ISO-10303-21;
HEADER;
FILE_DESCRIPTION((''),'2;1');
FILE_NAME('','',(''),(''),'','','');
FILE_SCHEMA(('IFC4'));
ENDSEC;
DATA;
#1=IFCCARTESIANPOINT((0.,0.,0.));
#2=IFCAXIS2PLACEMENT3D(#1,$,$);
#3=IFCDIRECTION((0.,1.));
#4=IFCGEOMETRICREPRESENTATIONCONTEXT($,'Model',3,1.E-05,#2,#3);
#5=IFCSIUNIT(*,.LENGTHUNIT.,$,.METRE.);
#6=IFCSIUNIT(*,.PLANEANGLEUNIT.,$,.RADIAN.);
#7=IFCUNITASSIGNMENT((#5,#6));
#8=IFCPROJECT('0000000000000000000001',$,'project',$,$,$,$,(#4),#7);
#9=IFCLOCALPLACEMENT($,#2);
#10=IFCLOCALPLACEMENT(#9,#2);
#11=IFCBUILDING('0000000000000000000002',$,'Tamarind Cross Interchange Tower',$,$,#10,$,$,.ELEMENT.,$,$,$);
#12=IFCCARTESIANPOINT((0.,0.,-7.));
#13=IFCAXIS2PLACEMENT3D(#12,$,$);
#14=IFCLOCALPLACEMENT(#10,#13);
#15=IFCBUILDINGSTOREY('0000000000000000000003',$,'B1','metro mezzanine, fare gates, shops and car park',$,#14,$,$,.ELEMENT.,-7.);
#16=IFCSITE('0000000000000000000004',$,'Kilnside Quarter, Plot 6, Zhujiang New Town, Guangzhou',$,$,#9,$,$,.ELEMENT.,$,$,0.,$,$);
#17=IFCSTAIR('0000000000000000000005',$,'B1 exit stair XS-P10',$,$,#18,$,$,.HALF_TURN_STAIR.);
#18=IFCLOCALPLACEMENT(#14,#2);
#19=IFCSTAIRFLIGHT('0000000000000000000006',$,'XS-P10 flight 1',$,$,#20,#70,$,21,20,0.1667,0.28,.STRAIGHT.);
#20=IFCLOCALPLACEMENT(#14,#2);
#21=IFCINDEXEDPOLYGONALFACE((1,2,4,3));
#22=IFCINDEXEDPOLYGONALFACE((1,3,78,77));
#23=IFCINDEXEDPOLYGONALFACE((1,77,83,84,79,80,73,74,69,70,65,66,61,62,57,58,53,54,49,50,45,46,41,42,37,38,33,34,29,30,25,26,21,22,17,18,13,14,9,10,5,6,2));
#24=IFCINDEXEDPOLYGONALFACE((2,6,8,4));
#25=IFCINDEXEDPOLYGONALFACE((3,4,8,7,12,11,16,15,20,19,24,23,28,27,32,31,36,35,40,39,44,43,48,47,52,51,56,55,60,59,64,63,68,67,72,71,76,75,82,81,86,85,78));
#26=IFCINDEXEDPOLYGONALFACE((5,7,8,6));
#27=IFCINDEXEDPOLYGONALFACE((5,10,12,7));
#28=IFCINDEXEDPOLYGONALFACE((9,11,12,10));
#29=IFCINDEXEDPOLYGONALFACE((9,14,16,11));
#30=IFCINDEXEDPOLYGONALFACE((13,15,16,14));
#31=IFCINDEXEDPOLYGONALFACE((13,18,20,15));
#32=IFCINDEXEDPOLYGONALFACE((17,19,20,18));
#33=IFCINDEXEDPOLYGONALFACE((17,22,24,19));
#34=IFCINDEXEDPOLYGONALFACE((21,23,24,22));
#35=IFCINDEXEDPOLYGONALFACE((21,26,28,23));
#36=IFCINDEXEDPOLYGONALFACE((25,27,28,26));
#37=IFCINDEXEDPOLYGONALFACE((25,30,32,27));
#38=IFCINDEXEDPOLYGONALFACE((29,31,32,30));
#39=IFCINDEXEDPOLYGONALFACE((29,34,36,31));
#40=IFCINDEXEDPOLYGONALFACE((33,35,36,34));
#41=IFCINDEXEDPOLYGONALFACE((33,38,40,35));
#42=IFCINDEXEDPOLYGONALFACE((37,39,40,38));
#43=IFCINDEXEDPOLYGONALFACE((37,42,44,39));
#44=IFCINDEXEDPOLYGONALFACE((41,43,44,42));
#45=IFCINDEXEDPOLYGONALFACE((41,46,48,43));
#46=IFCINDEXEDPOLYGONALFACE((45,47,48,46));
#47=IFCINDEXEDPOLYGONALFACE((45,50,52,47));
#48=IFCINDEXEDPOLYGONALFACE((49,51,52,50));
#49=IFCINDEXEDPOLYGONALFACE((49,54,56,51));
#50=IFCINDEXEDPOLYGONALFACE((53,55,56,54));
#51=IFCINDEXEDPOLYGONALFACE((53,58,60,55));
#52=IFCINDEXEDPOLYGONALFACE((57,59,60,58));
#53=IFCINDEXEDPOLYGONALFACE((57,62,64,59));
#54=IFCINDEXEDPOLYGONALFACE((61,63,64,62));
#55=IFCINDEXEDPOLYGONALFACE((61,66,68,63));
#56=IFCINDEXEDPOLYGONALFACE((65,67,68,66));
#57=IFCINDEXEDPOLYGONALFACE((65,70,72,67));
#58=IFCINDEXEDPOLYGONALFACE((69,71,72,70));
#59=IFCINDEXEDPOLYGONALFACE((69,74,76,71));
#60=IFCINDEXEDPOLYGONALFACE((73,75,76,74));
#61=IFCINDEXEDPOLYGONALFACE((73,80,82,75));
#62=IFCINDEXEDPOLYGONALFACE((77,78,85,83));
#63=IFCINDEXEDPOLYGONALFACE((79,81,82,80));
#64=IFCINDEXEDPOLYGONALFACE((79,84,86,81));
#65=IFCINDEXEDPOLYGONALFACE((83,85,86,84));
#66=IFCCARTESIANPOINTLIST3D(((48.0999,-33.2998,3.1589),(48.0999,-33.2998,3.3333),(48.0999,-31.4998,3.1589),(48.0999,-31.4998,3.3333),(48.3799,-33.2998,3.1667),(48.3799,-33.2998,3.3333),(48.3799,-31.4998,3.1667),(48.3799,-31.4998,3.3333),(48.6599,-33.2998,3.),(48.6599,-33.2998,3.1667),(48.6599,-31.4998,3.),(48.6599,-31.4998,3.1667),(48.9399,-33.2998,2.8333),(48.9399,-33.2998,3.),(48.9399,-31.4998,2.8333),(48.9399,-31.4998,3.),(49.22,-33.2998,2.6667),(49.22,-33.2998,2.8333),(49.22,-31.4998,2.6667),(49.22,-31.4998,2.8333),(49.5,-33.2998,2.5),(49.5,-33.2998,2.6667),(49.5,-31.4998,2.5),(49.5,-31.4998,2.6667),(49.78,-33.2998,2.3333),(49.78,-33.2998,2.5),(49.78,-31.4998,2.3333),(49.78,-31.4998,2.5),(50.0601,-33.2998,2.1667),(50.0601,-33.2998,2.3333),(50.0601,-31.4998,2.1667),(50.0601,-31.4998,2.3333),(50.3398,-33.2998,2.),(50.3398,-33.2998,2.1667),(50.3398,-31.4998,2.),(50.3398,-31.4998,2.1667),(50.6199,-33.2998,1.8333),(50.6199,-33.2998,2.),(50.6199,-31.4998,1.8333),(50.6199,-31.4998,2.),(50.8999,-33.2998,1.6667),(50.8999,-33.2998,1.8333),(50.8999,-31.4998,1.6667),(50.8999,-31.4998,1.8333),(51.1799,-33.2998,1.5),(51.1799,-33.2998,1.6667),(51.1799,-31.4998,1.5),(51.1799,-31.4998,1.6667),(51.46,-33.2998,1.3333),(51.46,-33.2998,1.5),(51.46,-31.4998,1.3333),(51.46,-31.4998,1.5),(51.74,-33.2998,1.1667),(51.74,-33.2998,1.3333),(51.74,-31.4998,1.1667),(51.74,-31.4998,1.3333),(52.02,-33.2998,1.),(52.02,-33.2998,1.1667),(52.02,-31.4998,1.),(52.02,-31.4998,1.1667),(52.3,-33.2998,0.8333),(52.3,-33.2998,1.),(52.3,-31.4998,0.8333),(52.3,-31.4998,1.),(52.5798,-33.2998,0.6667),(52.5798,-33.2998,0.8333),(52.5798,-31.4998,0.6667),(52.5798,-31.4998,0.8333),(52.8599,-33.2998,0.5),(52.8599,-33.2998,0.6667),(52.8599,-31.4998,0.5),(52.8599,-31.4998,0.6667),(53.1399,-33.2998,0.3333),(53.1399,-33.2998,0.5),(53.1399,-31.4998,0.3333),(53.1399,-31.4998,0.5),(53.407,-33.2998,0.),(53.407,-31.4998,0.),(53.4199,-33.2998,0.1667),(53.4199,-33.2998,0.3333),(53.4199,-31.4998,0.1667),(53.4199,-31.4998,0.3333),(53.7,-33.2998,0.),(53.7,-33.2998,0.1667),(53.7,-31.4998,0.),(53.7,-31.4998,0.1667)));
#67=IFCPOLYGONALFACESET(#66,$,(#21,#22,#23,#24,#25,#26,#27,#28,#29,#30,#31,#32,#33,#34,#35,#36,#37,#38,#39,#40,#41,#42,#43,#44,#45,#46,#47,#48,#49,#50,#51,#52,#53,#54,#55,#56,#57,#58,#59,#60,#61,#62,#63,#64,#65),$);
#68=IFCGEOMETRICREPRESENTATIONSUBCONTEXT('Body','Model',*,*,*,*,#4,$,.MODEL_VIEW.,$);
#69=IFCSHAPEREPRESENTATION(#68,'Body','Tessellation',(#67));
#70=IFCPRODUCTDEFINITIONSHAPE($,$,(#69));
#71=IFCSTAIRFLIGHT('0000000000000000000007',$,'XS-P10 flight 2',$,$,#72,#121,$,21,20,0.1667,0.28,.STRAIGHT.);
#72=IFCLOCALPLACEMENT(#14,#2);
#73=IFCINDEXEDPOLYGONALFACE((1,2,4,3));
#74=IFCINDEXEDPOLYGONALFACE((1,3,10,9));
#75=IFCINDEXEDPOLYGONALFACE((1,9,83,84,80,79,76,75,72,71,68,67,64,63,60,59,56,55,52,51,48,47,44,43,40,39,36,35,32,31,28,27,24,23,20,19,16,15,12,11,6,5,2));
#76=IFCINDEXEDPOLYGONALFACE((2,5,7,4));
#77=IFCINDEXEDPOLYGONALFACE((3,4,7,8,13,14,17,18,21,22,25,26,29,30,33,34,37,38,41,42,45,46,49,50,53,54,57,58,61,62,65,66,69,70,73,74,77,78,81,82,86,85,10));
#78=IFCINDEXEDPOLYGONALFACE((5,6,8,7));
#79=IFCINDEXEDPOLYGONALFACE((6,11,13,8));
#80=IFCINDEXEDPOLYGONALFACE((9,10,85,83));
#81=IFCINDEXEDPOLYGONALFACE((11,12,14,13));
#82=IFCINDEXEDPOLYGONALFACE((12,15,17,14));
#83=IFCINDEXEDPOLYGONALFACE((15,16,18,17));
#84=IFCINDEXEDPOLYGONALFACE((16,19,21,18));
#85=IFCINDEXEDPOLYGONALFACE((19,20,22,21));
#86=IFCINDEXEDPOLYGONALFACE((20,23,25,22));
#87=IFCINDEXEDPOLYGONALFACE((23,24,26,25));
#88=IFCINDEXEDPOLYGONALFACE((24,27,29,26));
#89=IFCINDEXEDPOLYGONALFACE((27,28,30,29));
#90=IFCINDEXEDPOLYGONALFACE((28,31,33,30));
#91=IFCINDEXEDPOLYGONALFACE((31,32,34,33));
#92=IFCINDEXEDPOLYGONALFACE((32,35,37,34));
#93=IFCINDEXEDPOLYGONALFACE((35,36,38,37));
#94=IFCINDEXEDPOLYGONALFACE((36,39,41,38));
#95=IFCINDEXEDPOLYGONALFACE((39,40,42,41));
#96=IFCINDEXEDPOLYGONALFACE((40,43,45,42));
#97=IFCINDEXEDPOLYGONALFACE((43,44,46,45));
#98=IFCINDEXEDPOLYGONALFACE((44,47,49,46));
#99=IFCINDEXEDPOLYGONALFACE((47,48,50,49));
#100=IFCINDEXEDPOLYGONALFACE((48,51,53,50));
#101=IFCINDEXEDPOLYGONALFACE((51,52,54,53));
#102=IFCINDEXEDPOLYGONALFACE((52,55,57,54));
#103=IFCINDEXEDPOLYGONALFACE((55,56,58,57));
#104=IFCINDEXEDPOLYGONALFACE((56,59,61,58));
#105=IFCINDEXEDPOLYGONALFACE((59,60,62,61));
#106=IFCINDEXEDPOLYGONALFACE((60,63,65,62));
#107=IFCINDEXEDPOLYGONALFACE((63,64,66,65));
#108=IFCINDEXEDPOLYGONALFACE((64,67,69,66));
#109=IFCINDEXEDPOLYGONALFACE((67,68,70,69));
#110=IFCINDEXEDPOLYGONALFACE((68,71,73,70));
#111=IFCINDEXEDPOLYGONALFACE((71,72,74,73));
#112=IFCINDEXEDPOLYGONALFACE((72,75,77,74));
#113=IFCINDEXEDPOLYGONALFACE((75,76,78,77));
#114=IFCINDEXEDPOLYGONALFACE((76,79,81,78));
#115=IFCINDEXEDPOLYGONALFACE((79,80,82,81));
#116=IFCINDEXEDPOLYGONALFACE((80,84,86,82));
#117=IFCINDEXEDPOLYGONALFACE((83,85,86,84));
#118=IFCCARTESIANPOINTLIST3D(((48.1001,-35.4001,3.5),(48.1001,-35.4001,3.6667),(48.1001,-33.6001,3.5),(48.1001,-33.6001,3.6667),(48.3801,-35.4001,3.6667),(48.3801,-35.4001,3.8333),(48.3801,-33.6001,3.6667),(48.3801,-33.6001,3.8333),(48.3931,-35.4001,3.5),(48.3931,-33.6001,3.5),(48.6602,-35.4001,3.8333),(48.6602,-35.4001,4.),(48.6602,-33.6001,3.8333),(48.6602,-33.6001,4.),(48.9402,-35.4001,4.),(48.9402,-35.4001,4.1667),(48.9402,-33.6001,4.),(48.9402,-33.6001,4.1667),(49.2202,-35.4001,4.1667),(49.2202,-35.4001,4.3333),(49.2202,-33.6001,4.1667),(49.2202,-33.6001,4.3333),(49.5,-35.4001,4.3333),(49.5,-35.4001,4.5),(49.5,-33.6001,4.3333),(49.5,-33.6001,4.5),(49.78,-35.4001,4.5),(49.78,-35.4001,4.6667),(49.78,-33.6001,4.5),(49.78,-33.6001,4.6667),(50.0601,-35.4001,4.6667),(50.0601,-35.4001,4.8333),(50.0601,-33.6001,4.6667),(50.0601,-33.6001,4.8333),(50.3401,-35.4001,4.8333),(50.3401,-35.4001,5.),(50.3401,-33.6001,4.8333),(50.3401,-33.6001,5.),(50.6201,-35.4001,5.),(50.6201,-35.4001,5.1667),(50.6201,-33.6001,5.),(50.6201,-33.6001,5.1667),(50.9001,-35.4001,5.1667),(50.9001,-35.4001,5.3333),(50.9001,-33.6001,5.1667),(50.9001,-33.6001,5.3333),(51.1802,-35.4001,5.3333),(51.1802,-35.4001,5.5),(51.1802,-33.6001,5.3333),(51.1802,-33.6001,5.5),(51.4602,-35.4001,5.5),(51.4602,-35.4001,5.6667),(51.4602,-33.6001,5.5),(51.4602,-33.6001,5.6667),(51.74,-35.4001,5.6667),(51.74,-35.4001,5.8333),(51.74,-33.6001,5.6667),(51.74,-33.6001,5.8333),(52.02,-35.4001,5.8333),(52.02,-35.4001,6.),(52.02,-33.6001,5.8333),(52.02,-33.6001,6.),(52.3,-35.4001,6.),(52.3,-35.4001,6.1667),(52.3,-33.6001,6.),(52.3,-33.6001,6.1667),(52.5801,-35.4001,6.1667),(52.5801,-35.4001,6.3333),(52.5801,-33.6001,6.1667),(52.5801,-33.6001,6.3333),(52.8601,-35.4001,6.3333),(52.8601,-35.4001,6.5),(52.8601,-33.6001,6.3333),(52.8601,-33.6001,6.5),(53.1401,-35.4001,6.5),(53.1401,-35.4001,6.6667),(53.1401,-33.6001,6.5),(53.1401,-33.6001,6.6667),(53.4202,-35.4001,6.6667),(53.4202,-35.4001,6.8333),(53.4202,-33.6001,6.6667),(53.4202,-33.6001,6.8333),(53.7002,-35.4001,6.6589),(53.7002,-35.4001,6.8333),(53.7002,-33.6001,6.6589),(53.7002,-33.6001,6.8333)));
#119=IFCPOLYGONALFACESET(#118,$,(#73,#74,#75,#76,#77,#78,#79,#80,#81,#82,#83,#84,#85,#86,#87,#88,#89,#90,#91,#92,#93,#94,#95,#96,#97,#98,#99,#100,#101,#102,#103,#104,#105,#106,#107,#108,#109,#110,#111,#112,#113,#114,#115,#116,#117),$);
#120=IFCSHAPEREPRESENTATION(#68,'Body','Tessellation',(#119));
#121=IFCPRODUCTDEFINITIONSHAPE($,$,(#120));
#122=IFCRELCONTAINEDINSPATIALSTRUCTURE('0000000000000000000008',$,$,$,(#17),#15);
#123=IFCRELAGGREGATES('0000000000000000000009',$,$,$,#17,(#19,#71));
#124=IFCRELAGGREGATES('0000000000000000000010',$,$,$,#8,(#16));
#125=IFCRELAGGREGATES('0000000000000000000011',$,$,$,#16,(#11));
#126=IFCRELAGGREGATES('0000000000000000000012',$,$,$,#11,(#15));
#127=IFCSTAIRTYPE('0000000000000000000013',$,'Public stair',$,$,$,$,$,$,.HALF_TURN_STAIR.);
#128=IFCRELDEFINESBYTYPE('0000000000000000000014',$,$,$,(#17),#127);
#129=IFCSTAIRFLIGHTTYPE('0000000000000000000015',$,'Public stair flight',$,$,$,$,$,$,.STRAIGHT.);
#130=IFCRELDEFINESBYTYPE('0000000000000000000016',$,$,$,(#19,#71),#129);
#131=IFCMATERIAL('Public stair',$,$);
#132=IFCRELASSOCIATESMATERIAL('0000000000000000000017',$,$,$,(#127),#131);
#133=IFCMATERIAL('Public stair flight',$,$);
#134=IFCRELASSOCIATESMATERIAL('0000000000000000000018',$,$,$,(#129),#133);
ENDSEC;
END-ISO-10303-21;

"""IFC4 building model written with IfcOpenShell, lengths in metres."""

from ifc_helpers import new_model, si_unit, direction, frame, origin, place, context, subcontext, project, spatial, polyline, outline, extrude, material, type_object, element, aggregate, save


model = new_model("IFC4")

# Units and contexts
model_context = context("Model", 3, precision=1e-05, world=origin(), true_north=direction((0.0, 1.0)))
body_context = subcontext(model_context, "Body", "Model", "MODEL_VIEW")
ifc_project = project(units=[si_unit("LENGTHUNIT", "METRE"), si_unit("PLANEANGLEUNIT", "RADIAN")], contexts=[model_context])

# Site, building, storey
site_placement = place(None, origin())
site = spatial("IfcSite", under=ifc_project, at=site_placement, Name="Kilnside Quarter, Plot 6, Zhujiang New Town, Guangzhou", CompositionType="ELEMENT", RefElevation=0.0)
building_placement = place(site_placement, origin())
building = spatial("IfcBuilding", under=site, at=building_placement, Name="Tamarind Cross Interchange Tower", CompositionType="ELEMENT")
storey_placement = place(building_placement, frame((0.0, 0.0, -7.0)))
storey = spatial("IfcBuildingStorey", under=building, at=storey_placement, Name="B1", Description="metro mezzanine, fare gates, shops and car park", CompositionType="ELEMENT", Elevation=-7.0)

# Stair, stair flights
ifc_material_1 = material(Name="Public stair")
stair_type = type_object("IfcStairType", Name="Public stair", PredefinedType="HALF_TURN_STAIR", material=ifc_material_1)
stair_placement = place(storey_placement, origin())
stair = element("IfcStair", 1, at=stair_placement, inside=storey, type_object=stair_type, Name="B1 exit stair XS-P10", PredefinedType="HALF_TURN_STAIR")
ifc_material_2 = material(Name="Public stair flight")
stair_flight_type = type_object("IfcStairFlightType", Name="Public stair flight", PredefinedType="STRAIGHT", material=ifc_material_2)
stair_flight_1_placement = place(storey_placement, frame((53.7, -32.3999, 0.0), z_axis=(0.0, 0.0, 1.0), x_axis=(-1.0, 0.0, 0.0)))
stair_flight_1 = element("IfcStairFlight", 2, at=stair_flight_1_placement, type_object=stair_flight_type, Name="XS-P10 flight 1", NumberOfRisers=21, NumberOfTreads=20, PredefinedType="STRAIGHT", RiserHeight=0.1667, TreadLength=0.28, context=body_context, shape_type="SweptSolid", body=[
    extrude(outline(polyline([(0.0, 0.0), (0.0, 0.1667), (0.28, 0.1667), (0.28, 0.3333), (0.5601, 0.3333), (0.5601, 0.5), (0.8401, 0.5), (0.8401, 0.6667), (1.1201, 0.6667), (1.1201, 0.8333), (1.3999, 0.8333), (1.3999, 1.0), (1.6799, 1.0), (1.6799, 1.1667), (1.96, 1.1667), (1.96, 1.3333), (2.24, 1.3333), (2.24, 1.5), (2.52, 1.5), (2.52, 1.6667), (2.8, 1.6667), (2.8, 1.8333), (3.0801, 1.8333), (3.0801, 2.0), (3.3601, 2.0), (3.3601, 2.1667), (3.6399, 2.1667), (3.6399, 2.3333), (3.9199, 2.3333), (3.9199, 2.5), (4.2, 2.5), (4.2, 2.6667), (4.48, 2.6667), (4.48, 2.8333), (4.76, 2.8333), (4.76, 3.0), (5.04, 3.0), (5.04, 3.1667), (5.3201, 3.1667), (5.3201, 3.3333), (5.6001, 3.3333), (5.6001, 3.5), (5.6001, 3.1589), (0.293, 0.0), (0.0, 0.0)])), frame((0.0, 0.8999, 0.0), z_axis=(0.0, -1.0, 0.0), x_axis=(1.0, 0.0, 0.0)), (0.0, 0.0, 1.0), 1.8),
])
stair_flight_2_placement = place(storey_placement, frame((48.1001, -34.5, 3.5), z_axis=(0.0, 0.0, 1.0), x_axis=(1.0, 0.0, 0.0)))
stair_flight_2 = element("IfcStairFlight", 3, at=stair_flight_2_placement, type_object=stair_flight_type, Name="XS-P10 flight 2", NumberOfRisers=21, NumberOfTreads=20, PredefinedType="STRAIGHT", RiserHeight=0.1667, TreadLength=0.28, context=body_context, shape_type="SweptSolid", body=[
    extrude(outline(polyline([(0.0, 0.0), (0.0, 0.1667), (0.28, 0.1667), (0.28, 0.3333), (0.5601, 0.3333), (0.5601, 0.5), (0.8401, 0.5), (0.8401, 0.6667), (1.1201, 0.6667), (1.1201, 0.8333), (1.3999, 0.8333), (1.3999, 1.0), (1.6799, 1.0), (1.6799, 1.1667), (1.96, 1.1667), (1.96, 1.3333), (2.24, 1.3333), (2.24, 1.5), (2.52, 1.5), (2.52, 1.6667), (2.8, 1.6667), (2.8, 1.8333), (3.0801, 1.8333), (3.0801, 2.0), (3.3601, 2.0), (3.3601, 2.1667), (3.6399, 2.1667), (3.6399, 2.3333), (3.9199, 2.3333), (3.9199, 2.5), (4.2, 2.5), (4.2, 2.6667), (4.48, 2.6667), (4.48, 2.8333), (4.76, 2.8333), (4.76, 3.0), (5.04, 3.0), (5.04, 3.1667), (5.3201, 3.1667), (5.3201, 3.3333), (5.6001, 3.3333), (5.6001, 3.5), (5.6001, 3.1589), (0.293, 0.0), (0.0, 0.0)])), frame((0.0, 0.8999, 0.0), z_axis=(0.0, -1.0, 0.0), x_axis=(1.0, 0.0, 0.0)), (0.0, 0.0, 1.0), 1.8),
])
aggregate(stair, [stair_flight_1, stair_flight_2])

save(model, "model.ifc")
